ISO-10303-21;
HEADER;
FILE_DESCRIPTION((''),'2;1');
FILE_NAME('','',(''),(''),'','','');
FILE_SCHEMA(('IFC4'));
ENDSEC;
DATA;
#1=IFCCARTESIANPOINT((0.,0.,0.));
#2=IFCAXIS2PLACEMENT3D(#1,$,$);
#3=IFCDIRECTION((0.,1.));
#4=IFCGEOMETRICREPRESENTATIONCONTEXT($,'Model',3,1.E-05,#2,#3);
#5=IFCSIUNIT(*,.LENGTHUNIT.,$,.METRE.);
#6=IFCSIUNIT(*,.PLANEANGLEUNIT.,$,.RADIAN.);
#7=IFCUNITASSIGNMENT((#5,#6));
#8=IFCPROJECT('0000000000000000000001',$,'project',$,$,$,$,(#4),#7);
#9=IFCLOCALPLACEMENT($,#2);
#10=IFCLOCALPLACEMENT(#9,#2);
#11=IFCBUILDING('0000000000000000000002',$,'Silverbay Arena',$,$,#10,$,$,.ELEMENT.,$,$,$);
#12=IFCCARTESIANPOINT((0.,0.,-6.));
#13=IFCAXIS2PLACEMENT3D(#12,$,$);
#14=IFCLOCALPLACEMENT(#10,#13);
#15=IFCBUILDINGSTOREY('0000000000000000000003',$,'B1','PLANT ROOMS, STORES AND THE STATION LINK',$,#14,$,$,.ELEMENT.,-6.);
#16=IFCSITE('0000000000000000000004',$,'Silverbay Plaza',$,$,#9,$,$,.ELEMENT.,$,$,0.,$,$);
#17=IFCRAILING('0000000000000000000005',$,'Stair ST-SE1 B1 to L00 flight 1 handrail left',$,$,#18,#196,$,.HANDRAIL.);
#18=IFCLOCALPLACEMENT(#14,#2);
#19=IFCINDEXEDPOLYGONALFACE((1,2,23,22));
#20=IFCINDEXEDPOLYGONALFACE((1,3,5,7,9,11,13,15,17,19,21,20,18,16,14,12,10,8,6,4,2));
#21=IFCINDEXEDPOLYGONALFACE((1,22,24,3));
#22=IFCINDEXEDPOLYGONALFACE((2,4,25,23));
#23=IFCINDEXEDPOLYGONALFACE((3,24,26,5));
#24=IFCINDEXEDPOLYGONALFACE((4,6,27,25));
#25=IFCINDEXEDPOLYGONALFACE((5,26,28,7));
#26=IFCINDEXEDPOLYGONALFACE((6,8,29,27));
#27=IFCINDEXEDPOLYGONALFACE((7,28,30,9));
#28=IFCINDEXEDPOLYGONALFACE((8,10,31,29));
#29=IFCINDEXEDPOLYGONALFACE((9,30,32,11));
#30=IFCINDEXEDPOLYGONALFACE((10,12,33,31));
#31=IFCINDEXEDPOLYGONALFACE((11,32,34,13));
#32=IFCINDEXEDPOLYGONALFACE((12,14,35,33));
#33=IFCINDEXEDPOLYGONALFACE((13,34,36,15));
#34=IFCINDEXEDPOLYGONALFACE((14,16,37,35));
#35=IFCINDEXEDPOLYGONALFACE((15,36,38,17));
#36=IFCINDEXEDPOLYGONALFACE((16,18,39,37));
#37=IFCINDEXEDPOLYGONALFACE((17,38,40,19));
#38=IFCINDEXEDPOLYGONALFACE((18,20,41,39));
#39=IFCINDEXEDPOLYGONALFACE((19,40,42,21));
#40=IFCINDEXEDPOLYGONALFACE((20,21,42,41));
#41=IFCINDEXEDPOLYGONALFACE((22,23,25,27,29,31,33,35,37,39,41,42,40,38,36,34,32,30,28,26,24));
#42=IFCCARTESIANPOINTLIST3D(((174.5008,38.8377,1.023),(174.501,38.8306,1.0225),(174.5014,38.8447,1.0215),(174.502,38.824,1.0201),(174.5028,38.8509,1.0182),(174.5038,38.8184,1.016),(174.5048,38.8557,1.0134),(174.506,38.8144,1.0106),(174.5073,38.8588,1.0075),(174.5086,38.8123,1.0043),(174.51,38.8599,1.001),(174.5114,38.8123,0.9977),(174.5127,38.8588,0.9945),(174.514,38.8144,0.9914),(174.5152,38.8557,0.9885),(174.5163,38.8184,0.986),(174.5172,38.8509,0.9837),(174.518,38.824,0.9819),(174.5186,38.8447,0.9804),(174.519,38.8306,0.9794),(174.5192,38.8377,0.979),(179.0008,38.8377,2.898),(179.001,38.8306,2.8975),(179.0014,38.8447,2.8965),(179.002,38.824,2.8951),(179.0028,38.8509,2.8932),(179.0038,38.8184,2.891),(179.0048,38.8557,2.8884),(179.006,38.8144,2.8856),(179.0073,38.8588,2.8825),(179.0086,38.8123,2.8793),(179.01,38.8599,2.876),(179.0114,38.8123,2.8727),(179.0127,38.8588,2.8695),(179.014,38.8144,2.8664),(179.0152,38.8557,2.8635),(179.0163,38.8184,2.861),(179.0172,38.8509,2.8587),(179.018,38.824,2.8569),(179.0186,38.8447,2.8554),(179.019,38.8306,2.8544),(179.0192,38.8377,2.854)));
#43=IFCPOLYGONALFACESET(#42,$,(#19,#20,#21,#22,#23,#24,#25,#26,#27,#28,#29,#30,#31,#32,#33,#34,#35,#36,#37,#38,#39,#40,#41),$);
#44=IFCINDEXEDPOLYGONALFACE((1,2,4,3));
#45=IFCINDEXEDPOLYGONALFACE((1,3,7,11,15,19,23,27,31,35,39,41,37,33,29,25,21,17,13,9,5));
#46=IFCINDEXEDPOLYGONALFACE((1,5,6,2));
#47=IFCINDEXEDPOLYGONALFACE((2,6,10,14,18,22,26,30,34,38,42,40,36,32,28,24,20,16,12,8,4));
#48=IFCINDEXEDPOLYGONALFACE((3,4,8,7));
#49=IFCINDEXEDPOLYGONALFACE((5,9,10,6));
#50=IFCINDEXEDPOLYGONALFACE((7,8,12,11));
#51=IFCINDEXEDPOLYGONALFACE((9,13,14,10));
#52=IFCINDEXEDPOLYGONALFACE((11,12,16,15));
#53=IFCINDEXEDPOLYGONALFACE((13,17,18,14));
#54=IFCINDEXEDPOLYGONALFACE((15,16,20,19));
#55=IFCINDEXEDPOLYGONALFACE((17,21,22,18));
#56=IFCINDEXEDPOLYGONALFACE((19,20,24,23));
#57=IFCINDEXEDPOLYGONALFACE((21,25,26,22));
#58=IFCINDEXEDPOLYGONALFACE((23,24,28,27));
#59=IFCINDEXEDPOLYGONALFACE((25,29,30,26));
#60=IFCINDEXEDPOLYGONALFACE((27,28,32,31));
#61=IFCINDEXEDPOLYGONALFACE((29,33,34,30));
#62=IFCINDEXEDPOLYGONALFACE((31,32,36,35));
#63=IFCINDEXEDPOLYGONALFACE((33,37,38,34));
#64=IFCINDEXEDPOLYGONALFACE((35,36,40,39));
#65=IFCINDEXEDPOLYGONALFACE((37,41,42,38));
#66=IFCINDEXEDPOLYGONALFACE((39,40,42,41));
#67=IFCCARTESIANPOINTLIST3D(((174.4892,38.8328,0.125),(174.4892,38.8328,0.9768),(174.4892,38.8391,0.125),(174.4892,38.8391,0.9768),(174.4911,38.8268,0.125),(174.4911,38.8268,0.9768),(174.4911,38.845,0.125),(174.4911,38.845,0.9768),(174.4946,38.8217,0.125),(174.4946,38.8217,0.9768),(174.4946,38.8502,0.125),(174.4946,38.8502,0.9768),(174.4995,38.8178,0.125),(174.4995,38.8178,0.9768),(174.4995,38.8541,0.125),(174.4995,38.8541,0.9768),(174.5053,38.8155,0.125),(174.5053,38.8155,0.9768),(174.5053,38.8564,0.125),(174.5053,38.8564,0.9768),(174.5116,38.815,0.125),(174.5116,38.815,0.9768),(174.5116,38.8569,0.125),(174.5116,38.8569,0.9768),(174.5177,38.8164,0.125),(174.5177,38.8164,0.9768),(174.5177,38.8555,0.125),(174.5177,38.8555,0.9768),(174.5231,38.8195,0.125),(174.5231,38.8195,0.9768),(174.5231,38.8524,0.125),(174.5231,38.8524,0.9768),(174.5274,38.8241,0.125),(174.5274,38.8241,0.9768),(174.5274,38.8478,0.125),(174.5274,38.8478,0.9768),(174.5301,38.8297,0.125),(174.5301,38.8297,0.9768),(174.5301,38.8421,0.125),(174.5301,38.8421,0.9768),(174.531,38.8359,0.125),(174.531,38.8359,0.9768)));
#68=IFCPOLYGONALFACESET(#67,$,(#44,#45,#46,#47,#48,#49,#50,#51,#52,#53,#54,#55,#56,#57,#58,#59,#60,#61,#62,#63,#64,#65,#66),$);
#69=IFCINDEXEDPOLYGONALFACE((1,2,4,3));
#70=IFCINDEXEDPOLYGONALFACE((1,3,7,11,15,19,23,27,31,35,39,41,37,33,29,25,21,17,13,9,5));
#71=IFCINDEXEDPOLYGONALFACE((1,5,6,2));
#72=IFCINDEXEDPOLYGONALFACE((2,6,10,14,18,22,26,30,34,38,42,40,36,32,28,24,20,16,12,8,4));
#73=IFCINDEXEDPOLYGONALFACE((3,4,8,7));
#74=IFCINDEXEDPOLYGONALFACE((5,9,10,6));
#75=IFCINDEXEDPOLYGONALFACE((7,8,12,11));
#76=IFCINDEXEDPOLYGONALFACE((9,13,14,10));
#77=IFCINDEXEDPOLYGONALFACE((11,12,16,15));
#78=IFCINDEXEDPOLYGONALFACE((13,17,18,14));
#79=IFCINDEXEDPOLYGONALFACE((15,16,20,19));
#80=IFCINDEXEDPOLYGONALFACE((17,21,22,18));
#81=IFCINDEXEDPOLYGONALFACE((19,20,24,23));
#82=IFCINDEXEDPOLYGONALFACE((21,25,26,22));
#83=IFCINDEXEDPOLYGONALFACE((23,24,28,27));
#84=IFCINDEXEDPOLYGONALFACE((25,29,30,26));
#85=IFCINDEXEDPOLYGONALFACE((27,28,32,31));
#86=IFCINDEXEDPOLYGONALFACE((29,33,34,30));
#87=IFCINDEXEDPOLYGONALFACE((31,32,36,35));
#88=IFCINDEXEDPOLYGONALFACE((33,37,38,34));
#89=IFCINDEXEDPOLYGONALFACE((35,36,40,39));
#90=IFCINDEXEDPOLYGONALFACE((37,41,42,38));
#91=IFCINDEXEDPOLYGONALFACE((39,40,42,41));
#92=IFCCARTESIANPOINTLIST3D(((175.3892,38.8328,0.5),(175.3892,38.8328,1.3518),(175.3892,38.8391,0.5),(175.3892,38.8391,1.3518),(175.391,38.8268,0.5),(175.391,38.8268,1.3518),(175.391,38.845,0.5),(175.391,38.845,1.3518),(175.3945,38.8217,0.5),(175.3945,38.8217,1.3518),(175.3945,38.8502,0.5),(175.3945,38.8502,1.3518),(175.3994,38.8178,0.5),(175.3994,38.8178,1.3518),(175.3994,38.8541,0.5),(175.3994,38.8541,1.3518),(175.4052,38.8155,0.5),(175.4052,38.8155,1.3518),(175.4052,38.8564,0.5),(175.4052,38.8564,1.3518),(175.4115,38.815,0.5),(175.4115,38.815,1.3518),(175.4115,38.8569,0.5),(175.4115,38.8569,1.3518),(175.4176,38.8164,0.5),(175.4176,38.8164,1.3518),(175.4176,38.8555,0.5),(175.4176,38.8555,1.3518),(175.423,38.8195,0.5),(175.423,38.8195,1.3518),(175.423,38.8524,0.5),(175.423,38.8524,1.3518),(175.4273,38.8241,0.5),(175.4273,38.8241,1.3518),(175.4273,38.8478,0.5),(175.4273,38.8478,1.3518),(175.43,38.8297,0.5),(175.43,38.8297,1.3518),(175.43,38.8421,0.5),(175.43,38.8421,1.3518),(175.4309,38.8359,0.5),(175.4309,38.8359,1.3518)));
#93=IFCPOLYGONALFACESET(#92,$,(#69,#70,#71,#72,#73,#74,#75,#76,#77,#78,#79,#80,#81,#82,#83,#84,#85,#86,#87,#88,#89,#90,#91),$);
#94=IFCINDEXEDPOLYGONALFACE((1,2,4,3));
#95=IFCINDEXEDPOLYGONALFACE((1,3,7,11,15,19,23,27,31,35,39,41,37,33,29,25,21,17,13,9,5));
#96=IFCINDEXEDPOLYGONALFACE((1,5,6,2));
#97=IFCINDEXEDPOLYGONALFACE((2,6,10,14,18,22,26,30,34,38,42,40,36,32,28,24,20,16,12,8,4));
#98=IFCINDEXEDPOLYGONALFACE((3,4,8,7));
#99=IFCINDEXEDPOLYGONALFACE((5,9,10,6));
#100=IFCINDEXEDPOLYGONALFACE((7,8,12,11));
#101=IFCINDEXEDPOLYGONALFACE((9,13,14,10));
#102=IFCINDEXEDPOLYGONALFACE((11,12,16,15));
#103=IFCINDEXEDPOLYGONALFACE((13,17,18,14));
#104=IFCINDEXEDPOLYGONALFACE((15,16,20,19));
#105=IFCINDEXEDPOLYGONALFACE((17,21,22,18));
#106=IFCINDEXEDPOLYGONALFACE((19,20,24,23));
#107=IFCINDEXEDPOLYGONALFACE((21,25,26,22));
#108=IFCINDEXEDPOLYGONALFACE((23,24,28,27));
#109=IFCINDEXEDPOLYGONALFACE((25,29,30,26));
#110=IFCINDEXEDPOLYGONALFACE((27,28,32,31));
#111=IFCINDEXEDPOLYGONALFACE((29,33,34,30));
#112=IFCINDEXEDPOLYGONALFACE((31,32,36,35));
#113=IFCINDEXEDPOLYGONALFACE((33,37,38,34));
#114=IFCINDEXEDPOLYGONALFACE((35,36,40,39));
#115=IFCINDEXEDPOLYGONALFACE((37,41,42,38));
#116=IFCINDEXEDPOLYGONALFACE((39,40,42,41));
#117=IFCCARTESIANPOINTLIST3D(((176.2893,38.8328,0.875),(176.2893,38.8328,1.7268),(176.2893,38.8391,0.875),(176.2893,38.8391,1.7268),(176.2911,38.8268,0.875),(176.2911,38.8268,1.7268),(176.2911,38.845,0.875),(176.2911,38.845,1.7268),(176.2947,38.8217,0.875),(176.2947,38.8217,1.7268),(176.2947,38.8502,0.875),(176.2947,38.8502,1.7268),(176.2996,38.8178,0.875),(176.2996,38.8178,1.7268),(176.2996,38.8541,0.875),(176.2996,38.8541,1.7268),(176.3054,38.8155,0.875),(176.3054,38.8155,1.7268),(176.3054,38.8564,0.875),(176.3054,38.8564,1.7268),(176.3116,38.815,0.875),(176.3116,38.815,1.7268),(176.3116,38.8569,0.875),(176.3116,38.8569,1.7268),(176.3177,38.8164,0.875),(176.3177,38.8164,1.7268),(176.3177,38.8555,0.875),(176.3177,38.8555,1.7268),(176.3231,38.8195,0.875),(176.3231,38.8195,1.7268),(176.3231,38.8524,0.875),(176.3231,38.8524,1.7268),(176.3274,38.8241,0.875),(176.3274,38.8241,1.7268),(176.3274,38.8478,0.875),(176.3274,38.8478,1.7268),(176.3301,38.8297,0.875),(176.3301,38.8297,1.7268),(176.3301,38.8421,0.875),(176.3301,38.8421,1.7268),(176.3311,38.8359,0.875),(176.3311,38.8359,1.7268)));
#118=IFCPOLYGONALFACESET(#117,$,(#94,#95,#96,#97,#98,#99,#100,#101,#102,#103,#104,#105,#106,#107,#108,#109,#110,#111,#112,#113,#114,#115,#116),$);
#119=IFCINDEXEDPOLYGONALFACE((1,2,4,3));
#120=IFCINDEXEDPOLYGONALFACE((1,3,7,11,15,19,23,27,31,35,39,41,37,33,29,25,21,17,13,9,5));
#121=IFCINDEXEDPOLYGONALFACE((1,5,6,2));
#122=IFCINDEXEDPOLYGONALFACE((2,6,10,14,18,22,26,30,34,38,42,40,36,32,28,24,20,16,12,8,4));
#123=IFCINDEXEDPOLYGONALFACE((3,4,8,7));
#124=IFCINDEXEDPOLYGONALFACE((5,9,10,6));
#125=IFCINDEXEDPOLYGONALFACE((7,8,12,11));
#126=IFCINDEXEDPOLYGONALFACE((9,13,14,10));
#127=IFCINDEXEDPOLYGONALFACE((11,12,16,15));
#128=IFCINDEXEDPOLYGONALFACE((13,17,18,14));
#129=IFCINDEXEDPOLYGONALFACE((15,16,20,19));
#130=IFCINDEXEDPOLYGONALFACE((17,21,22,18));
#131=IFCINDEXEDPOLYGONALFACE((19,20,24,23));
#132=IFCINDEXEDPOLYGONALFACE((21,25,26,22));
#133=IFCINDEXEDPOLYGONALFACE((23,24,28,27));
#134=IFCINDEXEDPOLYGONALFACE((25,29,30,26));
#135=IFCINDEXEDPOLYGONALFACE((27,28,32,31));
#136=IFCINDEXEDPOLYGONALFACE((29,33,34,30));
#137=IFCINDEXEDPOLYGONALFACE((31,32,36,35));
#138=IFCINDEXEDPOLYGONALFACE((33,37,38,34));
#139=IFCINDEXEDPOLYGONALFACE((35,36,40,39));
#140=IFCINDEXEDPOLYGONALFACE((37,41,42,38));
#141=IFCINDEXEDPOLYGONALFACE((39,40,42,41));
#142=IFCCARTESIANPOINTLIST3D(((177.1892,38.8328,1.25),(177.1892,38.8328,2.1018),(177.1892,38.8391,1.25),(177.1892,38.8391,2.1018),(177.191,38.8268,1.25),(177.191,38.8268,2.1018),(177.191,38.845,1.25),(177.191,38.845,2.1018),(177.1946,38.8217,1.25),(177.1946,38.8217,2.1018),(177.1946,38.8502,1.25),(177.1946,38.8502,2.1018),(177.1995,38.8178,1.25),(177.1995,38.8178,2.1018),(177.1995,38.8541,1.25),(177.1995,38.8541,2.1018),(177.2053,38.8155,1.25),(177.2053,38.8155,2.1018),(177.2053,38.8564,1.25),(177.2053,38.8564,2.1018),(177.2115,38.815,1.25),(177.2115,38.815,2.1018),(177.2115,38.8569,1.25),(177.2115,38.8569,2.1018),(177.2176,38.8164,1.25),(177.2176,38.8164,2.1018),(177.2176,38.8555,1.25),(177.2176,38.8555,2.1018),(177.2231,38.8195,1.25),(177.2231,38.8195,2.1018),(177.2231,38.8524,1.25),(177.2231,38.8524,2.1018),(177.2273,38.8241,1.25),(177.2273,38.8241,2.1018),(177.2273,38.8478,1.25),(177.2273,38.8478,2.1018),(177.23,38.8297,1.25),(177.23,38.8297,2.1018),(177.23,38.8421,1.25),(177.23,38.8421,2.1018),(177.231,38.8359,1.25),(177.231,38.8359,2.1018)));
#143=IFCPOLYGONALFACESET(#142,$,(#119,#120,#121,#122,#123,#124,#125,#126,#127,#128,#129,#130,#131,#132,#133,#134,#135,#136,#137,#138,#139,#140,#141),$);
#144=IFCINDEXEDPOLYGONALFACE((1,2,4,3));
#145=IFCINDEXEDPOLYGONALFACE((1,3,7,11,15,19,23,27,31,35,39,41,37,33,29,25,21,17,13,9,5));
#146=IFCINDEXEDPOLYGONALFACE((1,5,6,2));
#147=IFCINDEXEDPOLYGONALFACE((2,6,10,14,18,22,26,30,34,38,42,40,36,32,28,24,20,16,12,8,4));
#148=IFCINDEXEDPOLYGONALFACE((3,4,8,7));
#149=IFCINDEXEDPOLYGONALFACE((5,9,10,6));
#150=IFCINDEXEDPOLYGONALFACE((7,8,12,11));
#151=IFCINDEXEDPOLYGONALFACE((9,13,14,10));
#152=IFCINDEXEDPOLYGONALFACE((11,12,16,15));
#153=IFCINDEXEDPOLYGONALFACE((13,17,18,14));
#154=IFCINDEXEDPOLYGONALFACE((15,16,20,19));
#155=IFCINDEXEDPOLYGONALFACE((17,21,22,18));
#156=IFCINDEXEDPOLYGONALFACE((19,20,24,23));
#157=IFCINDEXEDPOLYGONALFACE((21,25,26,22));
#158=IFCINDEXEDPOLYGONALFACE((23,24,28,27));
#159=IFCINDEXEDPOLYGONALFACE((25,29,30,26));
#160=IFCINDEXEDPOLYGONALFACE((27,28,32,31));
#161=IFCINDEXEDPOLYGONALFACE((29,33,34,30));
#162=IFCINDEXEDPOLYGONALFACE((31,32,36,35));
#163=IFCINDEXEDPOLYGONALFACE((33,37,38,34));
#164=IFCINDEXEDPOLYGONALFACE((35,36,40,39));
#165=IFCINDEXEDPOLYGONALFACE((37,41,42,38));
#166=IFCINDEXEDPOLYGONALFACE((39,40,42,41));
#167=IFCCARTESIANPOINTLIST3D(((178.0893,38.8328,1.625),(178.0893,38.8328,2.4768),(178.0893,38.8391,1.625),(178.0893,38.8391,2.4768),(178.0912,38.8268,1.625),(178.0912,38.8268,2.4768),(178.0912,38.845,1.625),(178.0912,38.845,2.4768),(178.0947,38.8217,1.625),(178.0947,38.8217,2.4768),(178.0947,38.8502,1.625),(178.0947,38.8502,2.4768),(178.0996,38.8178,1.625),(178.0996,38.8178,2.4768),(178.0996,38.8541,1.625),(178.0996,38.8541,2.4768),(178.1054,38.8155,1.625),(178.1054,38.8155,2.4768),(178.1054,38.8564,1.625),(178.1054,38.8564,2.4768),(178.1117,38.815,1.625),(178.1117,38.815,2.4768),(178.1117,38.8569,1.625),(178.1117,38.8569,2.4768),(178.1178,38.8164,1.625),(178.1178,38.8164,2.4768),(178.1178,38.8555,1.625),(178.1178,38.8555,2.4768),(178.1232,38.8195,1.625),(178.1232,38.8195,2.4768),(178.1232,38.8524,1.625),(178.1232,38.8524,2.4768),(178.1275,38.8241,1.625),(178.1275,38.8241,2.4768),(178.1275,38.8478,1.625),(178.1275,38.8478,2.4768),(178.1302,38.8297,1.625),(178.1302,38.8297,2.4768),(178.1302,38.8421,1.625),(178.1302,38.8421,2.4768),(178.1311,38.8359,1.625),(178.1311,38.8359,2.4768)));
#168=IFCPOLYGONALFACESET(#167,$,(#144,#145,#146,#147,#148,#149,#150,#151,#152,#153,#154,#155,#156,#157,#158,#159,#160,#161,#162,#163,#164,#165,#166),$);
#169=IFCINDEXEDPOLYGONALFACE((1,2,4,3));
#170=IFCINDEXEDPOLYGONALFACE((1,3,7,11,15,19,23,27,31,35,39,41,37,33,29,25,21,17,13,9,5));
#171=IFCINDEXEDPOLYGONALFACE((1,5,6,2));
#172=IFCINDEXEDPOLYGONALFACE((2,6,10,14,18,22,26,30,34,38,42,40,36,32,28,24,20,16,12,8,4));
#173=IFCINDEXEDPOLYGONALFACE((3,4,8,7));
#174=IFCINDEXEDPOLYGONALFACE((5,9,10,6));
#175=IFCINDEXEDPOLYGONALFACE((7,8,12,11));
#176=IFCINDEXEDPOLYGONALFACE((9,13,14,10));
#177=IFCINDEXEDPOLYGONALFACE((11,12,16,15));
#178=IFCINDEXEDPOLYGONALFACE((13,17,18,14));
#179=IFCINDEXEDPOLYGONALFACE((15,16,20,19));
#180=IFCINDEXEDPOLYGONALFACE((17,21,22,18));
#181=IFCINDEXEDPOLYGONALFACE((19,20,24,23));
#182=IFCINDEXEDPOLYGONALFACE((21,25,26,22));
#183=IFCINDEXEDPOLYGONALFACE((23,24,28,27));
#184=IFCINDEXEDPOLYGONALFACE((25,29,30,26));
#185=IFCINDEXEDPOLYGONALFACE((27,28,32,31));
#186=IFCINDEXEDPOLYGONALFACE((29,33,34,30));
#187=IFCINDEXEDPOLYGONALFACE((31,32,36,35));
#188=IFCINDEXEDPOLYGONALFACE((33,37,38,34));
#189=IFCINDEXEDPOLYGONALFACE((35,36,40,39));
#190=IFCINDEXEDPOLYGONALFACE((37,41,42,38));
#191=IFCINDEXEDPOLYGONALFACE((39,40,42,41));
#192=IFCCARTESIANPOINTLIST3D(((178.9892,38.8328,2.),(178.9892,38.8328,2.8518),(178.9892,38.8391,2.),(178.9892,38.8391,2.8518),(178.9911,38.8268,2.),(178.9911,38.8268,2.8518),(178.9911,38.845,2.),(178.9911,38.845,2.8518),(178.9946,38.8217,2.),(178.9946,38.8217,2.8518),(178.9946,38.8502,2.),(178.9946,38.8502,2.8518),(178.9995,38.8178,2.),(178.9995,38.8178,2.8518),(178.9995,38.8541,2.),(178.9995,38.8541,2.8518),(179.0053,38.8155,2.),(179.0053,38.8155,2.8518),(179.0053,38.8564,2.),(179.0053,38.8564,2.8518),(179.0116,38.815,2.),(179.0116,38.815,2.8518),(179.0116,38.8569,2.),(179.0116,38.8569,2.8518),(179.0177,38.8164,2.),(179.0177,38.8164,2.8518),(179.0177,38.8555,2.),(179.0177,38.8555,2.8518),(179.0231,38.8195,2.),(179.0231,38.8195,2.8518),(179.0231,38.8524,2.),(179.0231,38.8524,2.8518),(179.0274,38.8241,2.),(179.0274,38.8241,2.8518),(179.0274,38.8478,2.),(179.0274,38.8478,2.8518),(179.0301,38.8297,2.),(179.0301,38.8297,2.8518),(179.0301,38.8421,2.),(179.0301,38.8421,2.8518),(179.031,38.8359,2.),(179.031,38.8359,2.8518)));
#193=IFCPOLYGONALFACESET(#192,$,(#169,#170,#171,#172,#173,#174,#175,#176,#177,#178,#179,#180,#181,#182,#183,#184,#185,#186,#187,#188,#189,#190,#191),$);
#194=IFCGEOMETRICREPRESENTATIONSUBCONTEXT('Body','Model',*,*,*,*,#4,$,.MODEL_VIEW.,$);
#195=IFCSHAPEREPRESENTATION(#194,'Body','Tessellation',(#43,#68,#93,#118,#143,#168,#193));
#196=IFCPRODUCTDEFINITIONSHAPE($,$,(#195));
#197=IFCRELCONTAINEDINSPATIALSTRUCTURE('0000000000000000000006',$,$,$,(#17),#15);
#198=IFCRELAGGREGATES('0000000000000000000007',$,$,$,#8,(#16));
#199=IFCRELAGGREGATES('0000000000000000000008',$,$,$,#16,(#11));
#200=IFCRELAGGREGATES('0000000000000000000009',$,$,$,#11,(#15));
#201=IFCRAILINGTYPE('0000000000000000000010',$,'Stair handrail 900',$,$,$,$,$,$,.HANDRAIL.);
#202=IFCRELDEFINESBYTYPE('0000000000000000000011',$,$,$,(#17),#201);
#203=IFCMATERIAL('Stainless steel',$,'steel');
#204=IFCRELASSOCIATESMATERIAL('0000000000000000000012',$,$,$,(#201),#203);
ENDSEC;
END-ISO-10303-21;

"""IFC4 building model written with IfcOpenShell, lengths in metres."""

from ifc_helpers import new_model, si_unit, direction, frame, origin, origin_2d, place, context, subcontext, project, spatial, circle, extrude, material, type_object, element, save


model = new_model("IFC4")

# Units and contexts
model_context = context("Model", 3, precision=1e-05, world=origin(), true_north=direction((0.0, 1.0)))
body_context = subcontext(model_context, "Body", "Model", "MODEL_VIEW")
ifc_project = project(units=[si_unit("LENGTHUNIT", "METRE"), si_unit("PLANEANGLEUNIT", "RADIAN")], contexts=[model_context])

# Site, building, storey
site_placement = place(None, origin())
site = spatial("IfcSite", under=ifc_project, at=site_placement, Name="Silverbay Plaza", CompositionType="ELEMENT", RefElevation=0.0)
building_placement = place(site_placement, origin())
building = spatial("IfcBuilding", under=site, at=building_placement, Name="Silverbay Arena", CompositionType="ELEMENT")
storey_placement = place(building_placement, frame((0.0, 0.0, -6.0)))
storey = spatial("IfcBuildingStorey", under=building, at=storey_placement, Name="B1", Description="PLANT ROOMS, STORES AND THE STATION LINK", CompositionType="ELEMENT", Elevation=-6.0)

# Railing
ifc_material_1 = material(Name="Stainless steel", Category="steel")
railing_type_1 = type_object("IfcRailingType", Name="Stair handrail 900", PredefinedType="HANDRAIL", material=ifc_material_1)
for number, where, name in (
    (1, (174.51, 38.8359, 0.125), "Stair ST-SE1 B1 to L00 flight 1 handrail left"),
):
    element("IfcRailing", number, at=place(storey_placement, frame(where)), inside=storey, type_object=railing_type_1, Name=name, PredefinedType="HANDRAIL", context=body_context, shape_type="SweptSolid", body=[
        extrude(circle(Radius=0.0239, at=origin_2d()), frame((0.0, 0.0, 0.876), z_axis=(0.923077, 0.0, 0.384615), x_axis=(0.0, 1.0, 0.0)), (0.0, 0.0, 1.0), 4.875),
        extrude(circle(Radius=0.021, at=origin_2d()), origin(), (0.0, 0.0, 1.0), 0.8518),
        extrude(circle(Radius=0.021, at=origin_2d()), frame((0.8999, 0.0, 0.375)), (0.0, 0.0, 1.0), 0.8518),
        extrude(circle(Radius=0.021, at=origin_2d()), frame((1.8, 0.0, 0.75)), (0.0, 0.0, 1.0), 0.8518),
        extrude(circle(Radius=0.021, at=origin_2d()), frame((2.7, 0.0, 1.125)), (0.0, 0.0, 1.0), 0.8518),
        extrude(circle(Radius=0.021, at=origin_2d()), frame((3.6001, 0.0, 1.5)), (0.0, 0.0, 1.0), 0.8518),
        extrude(circle(Radius=0.021, at=origin_2d()), frame((4.5, 0.0, 1.875)), (0.0, 0.0, 1.0), 0.8518),
    ])

save(model, "model.ifc")
